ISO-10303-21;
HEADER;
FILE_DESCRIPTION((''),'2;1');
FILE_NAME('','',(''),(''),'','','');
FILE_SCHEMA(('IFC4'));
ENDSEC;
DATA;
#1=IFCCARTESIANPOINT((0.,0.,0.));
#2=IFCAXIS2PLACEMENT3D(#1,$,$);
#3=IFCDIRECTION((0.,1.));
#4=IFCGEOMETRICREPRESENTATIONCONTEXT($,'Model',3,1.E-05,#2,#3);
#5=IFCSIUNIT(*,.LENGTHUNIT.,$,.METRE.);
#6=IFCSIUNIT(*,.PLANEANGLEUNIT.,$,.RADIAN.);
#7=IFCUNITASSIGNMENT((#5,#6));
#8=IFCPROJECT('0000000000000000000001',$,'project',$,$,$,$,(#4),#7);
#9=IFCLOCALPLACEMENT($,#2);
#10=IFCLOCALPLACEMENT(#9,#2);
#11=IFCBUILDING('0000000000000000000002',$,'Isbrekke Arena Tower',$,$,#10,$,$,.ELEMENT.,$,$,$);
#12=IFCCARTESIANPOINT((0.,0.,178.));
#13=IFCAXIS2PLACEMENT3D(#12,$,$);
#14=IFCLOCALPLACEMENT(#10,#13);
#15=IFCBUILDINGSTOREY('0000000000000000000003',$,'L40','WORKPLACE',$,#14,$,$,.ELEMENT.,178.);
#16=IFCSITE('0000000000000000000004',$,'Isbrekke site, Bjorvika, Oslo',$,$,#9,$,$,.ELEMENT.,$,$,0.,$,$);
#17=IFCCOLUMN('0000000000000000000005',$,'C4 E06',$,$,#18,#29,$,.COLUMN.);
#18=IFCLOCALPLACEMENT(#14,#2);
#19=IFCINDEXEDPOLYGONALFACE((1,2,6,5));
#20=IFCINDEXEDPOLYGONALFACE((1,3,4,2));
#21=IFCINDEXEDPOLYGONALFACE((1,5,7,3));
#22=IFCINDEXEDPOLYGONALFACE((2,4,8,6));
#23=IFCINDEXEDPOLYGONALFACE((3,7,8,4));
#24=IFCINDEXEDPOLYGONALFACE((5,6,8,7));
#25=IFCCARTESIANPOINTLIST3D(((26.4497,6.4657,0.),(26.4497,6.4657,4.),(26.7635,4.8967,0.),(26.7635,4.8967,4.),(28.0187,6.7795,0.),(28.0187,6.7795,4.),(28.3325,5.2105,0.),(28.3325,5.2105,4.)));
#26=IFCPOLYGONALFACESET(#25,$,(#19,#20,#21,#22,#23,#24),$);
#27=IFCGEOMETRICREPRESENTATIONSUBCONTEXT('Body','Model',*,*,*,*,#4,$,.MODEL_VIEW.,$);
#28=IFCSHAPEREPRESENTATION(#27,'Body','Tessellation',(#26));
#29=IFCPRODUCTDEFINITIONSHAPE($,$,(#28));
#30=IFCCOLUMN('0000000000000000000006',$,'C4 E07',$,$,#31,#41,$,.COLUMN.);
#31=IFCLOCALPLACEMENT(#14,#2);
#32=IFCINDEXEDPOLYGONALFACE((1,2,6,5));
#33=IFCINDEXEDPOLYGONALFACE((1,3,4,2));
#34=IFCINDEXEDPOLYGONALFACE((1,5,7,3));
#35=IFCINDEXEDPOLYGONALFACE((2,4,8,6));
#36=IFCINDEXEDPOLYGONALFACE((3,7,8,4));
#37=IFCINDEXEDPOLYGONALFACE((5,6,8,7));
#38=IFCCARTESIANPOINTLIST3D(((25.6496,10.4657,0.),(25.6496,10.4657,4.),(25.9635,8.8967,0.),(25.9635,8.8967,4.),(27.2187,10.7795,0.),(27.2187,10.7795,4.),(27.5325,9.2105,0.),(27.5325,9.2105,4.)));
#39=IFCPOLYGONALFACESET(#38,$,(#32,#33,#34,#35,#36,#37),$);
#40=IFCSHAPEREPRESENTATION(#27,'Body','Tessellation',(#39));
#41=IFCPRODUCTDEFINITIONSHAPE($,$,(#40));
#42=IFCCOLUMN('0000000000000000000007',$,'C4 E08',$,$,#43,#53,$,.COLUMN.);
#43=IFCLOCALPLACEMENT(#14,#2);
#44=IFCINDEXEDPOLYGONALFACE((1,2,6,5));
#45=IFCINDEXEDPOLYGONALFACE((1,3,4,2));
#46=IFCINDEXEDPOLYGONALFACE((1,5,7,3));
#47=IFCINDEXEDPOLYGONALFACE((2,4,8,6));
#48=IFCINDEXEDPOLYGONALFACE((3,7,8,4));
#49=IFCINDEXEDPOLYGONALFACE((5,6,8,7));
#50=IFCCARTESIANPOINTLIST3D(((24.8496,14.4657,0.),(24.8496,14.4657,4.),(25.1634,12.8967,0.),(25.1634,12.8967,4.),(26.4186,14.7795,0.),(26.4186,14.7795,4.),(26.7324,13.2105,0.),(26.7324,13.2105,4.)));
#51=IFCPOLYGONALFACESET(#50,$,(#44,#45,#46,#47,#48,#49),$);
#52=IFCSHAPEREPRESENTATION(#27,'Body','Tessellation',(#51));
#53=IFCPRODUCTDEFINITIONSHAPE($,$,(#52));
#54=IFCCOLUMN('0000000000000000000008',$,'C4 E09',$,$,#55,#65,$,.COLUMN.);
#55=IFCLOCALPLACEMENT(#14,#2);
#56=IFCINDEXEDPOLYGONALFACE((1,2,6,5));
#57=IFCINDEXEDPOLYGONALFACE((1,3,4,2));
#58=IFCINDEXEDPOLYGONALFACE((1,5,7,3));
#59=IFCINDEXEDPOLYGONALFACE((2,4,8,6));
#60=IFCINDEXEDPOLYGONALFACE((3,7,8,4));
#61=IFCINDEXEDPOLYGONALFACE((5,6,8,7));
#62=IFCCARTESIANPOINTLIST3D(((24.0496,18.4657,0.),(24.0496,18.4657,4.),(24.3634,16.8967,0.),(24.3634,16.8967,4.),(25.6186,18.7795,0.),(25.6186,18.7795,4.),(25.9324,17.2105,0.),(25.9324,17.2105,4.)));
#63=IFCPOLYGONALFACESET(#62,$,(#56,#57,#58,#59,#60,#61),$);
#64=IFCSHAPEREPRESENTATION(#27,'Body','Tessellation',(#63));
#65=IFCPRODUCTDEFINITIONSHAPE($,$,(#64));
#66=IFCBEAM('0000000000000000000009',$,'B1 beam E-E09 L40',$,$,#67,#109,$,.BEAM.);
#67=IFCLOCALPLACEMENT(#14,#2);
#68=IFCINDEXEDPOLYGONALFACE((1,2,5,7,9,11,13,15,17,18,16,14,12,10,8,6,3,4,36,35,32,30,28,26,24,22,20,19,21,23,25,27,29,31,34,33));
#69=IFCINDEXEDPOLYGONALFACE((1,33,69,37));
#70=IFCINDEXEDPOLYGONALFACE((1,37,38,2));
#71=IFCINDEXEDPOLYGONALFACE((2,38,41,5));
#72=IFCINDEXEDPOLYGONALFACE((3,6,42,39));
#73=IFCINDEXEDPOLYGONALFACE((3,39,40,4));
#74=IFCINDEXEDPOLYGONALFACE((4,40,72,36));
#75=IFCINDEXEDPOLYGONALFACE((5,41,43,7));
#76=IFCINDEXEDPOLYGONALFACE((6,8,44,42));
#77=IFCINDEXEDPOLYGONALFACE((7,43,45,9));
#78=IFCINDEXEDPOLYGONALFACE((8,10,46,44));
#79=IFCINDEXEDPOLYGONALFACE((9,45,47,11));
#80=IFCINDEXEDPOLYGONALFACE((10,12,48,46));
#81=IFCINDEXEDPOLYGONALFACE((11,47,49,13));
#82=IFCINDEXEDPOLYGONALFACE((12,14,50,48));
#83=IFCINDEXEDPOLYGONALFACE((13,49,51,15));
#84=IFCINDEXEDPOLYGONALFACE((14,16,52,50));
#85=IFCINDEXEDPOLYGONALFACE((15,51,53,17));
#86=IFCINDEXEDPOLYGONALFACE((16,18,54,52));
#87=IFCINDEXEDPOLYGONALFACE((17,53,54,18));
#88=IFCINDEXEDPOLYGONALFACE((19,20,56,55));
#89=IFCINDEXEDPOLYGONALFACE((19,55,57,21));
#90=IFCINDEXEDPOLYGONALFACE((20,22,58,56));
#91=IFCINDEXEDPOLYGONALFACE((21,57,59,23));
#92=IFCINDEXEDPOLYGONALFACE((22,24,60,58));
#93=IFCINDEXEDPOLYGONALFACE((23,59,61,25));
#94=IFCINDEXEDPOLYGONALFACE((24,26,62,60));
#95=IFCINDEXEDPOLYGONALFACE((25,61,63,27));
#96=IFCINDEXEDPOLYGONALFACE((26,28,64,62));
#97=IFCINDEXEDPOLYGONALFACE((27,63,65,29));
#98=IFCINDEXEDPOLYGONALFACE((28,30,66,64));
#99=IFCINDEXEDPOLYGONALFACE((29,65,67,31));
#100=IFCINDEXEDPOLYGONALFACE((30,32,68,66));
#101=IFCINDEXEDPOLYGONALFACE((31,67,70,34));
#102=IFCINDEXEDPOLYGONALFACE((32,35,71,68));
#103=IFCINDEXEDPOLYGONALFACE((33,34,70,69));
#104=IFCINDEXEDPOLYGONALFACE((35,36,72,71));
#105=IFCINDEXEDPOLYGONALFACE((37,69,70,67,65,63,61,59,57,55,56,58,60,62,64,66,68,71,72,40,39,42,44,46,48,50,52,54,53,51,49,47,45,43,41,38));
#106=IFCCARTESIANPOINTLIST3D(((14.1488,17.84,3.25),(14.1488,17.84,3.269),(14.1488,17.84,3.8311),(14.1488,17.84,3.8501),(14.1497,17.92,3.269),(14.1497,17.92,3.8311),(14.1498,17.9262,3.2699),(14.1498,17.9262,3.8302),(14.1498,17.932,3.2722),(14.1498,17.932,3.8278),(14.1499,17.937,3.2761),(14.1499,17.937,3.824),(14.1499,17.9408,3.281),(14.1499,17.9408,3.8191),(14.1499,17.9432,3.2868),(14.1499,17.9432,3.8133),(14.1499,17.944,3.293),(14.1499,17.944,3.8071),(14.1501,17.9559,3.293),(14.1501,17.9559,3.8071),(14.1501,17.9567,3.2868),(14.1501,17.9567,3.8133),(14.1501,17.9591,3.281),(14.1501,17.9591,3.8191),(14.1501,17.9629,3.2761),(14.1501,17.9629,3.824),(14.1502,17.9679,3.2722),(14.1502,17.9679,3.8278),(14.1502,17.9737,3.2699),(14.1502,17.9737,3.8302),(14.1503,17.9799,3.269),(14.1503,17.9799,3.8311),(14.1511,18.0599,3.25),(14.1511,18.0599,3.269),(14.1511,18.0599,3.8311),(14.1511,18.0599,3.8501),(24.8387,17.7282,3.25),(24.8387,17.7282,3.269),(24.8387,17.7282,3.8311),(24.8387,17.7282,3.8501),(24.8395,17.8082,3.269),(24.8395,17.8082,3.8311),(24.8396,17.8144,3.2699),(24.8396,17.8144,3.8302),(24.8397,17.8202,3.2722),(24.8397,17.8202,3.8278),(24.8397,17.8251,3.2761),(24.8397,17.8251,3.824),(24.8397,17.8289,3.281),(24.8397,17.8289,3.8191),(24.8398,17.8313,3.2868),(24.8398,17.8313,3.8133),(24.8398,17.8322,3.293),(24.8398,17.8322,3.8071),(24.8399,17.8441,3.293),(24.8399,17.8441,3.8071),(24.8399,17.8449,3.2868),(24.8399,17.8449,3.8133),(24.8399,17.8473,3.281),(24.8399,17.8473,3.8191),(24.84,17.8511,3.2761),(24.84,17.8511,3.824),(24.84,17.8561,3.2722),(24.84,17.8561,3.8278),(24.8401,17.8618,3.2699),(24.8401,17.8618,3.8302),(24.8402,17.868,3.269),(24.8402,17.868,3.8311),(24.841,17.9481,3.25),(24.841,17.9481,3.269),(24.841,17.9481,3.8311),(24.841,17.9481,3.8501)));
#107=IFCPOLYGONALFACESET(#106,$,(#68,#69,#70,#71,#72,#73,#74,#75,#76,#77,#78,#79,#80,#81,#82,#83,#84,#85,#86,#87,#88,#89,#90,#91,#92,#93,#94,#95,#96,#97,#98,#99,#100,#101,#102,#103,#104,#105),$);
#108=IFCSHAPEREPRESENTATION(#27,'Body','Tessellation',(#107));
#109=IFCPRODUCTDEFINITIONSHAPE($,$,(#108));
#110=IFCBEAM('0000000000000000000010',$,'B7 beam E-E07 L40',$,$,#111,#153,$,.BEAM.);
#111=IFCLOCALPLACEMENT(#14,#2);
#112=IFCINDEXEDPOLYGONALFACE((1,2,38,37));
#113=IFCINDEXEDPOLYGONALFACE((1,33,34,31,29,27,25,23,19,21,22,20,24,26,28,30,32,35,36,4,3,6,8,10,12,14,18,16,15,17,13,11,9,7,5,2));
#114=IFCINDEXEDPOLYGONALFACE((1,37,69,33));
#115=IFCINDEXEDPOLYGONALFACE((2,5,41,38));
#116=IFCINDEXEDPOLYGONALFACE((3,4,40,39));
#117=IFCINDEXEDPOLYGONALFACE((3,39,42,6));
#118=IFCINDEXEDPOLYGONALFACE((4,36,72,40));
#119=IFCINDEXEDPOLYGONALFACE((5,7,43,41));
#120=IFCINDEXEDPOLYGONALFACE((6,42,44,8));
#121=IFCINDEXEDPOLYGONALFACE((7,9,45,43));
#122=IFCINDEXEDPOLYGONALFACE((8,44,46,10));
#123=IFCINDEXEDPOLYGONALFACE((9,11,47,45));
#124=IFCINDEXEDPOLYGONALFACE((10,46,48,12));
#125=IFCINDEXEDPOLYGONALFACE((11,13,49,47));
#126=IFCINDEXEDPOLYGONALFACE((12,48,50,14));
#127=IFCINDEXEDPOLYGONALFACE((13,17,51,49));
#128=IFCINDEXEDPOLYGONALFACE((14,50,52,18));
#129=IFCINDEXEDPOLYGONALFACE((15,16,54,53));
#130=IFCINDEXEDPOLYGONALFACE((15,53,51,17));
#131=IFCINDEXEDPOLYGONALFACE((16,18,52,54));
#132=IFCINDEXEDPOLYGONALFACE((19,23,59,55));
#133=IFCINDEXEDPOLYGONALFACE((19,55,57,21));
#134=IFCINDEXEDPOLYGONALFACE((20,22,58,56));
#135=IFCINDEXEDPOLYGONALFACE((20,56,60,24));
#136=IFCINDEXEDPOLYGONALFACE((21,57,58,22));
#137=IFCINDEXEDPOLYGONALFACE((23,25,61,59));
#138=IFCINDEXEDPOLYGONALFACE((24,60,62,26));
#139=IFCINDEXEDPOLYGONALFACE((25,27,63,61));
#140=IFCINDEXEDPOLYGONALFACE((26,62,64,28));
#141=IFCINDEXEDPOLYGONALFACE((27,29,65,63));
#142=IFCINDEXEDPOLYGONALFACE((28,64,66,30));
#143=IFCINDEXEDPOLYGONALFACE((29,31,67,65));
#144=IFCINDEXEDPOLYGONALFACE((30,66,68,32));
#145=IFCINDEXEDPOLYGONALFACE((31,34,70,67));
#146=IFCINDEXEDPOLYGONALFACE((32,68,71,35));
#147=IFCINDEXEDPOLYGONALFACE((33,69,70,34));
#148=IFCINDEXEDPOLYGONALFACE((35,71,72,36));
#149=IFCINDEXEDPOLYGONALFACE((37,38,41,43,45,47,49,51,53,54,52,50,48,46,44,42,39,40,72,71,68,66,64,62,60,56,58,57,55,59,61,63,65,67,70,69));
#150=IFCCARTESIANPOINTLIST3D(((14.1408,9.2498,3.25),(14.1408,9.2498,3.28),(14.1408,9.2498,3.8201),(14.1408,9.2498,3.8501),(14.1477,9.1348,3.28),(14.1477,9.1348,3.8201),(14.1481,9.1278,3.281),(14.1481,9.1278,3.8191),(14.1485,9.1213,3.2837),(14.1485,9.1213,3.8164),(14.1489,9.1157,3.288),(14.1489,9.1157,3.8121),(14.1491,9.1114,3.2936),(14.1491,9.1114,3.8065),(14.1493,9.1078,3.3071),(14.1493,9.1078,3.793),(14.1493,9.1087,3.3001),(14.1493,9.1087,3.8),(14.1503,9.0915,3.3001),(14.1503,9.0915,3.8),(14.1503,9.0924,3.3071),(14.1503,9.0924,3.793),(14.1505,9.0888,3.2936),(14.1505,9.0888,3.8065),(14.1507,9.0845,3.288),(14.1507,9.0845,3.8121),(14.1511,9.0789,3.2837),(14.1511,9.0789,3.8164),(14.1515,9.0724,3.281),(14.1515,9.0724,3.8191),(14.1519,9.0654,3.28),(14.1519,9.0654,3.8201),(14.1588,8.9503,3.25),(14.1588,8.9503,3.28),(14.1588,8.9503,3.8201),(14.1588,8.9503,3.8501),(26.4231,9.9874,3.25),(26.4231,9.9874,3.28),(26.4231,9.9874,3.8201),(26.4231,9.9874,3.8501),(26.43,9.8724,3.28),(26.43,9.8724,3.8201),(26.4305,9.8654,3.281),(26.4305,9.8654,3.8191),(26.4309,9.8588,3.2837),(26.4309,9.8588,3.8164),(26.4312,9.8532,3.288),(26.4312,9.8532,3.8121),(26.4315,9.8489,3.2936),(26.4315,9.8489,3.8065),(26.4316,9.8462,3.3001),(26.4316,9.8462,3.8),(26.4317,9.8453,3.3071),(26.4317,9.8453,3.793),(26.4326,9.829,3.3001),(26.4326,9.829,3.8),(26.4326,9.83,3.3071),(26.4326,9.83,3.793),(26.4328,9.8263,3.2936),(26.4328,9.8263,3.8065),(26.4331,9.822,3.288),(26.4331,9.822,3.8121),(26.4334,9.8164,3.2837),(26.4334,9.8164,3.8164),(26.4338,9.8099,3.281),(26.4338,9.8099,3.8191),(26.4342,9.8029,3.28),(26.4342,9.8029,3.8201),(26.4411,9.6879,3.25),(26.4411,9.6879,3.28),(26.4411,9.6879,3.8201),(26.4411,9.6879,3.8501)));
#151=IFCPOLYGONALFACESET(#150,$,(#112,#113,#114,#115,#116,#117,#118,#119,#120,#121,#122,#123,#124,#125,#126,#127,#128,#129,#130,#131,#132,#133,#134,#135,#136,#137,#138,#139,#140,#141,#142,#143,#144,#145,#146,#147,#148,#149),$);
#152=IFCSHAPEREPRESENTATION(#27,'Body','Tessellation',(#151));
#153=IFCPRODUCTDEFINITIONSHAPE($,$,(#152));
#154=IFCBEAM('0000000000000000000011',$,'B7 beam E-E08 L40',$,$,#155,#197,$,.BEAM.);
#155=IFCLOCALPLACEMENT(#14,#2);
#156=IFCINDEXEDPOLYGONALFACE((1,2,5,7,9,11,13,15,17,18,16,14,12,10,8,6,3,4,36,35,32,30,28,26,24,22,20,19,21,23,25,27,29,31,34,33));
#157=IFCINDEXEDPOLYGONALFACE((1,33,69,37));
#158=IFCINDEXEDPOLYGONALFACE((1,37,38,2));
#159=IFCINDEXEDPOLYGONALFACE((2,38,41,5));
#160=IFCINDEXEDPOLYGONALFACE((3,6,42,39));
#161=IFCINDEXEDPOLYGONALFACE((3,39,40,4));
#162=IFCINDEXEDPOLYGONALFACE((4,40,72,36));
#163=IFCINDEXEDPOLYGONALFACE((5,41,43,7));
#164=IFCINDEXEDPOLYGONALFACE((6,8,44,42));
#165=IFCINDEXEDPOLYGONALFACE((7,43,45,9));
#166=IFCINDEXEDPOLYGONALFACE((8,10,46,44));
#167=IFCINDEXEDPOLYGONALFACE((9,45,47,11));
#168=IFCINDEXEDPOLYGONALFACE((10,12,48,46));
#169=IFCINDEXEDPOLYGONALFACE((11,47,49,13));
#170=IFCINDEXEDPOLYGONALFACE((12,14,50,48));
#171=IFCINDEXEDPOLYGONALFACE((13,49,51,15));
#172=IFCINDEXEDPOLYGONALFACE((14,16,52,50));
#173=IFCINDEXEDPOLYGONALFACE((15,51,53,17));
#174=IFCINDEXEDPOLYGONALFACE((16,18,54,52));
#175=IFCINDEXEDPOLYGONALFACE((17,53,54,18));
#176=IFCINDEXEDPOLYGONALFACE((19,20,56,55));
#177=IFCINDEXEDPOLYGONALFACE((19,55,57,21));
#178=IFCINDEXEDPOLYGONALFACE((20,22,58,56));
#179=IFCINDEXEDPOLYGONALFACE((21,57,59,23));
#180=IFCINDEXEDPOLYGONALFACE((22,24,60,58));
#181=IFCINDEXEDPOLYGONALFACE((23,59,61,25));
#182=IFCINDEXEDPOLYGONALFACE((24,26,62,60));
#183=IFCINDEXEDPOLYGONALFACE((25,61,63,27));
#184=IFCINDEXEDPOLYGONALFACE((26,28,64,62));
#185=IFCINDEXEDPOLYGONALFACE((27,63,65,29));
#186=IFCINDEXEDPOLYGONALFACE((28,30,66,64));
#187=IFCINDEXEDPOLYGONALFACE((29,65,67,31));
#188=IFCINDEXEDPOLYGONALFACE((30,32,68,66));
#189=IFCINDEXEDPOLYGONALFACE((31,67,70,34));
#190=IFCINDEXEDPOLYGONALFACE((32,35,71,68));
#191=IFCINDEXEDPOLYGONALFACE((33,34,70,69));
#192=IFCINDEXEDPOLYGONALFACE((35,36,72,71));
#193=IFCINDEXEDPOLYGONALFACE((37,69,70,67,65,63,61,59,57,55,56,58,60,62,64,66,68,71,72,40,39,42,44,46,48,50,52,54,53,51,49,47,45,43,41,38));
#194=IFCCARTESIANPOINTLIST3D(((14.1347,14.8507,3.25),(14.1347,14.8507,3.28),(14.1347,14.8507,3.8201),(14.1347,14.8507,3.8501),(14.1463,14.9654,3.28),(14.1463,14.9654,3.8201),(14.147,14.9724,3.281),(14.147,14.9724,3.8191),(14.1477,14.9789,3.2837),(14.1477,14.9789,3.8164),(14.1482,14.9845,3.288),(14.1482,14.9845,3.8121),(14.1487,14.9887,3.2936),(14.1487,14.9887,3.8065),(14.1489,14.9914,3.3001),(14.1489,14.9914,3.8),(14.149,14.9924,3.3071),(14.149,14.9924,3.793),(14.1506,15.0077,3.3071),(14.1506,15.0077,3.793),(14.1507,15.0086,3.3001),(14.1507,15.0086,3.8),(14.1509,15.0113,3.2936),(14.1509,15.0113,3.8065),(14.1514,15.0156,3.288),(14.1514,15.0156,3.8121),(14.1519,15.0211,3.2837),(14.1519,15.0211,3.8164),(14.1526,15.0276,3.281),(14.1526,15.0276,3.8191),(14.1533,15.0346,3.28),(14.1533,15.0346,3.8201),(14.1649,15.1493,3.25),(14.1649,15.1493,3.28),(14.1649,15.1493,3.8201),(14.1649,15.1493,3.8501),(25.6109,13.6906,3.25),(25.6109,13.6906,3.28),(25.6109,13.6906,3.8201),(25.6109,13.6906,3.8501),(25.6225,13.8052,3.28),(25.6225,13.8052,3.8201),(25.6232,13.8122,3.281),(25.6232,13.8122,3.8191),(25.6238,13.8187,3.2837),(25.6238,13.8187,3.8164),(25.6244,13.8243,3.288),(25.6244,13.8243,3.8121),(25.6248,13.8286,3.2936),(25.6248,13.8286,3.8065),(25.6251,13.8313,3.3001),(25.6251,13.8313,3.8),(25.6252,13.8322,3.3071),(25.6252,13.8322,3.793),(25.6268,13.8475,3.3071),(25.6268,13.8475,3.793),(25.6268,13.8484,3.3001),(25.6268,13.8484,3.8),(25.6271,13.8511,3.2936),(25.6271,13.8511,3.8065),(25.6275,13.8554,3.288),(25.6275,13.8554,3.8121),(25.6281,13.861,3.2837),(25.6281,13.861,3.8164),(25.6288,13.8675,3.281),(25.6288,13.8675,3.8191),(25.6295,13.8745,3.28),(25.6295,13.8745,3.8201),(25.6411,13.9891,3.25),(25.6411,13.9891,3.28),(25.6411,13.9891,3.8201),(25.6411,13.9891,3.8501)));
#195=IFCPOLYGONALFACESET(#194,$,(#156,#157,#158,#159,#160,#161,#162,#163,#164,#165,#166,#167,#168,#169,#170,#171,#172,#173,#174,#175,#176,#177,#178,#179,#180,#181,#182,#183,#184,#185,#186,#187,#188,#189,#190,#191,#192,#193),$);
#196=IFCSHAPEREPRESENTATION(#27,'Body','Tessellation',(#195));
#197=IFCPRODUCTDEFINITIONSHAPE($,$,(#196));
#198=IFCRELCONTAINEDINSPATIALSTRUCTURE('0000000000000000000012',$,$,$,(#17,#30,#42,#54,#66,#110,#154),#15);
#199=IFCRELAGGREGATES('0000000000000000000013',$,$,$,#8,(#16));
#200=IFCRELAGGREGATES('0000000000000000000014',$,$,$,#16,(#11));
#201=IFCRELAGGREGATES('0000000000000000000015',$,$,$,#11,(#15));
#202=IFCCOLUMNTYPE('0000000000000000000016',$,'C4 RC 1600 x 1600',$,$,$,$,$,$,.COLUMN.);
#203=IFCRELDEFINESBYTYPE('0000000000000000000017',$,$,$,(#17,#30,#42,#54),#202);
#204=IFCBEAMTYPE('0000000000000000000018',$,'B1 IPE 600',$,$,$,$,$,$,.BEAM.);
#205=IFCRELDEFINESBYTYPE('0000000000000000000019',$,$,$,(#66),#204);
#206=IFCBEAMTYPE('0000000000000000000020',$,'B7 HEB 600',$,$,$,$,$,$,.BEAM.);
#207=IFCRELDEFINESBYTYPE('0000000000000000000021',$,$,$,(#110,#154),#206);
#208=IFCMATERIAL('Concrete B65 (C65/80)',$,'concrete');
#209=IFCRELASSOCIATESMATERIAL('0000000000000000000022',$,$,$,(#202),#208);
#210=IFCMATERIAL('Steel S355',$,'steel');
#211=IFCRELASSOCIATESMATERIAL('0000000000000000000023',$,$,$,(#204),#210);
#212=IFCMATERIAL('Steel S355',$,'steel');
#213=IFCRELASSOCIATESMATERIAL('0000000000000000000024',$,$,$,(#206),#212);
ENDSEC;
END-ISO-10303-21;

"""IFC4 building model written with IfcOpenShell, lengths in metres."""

from ifc_helpers import new_model, si_unit, direction, frame, origin, origin_2d, place, context, subcontext, project, spatial, rectangle, i_section, extrude, material, material_profile, profile_set, type_object, element, save


model = new_model("IFC4")

# Units and contexts
model_context = context("Model", 3, precision=1e-05, world=origin(), true_north=direction((0.0, 1.0)))
body_context = subcontext(model_context, "Body", "Model", "MODEL_VIEW")
ifc_project = project(units=[si_unit("LENGTHUNIT", "METRE"), si_unit("PLANEANGLEUNIT", "RADIAN")], contexts=[model_context])

# Site, building, storey
site_placement = place(None, origin())
site = spatial("IfcSite", under=ifc_project, at=site_placement, Name="Isbrekke site, Bjorvika, Oslo", CompositionType="ELEMENT", RefElevation=0.0)
building_placement = place(site_placement, origin())
building = spatial("IfcBuilding", under=site, at=building_placement, Name="Isbrekke Arena Tower", CompositionType="ELEMENT")
storey_placement = place(building_placement, frame((0.0, 0.0, 178.0)))
storey = spatial("IfcBuildingStorey", under=building, at=storey_placement, Name="L40", Description="WORKPLACE", CompositionType="ELEMENT", Elevation=178.0)

# Columns
ifc_material_1 = material(Name="Concrete B65 (C65/80)", Category="concrete")
ifc_material_profile_1 = material_profile(ifc_material_1, rectangle(XDim=1.6001, YDim=1.6001, at=origin_2d()), Name="RC 1600x1600")
ifc_profile_set_1 = profile_set([ifc_material_profile_1], Name="Concrete B65 (C65/80)")
column_type = type_object("IfcColumnType", Name="C4 RC 1600 x 1600", PredefinedType="COLUMN", material=ifc_profile_set_1)
for number, where, z_axis, x_axis, name in (
    (1, (27.3911, 5.8381, 0.0), (0.0, 0.0, 1.0), (-0.196116, 0.980581, 0.0), "C4 E06"),
    (2, (26.5911, 9.8381, 0.0), (0.0, 0.0, 1.0), (-0.196116, 0.980581, 0.0), "C4 E07"),
    (3, (25.791, 13.8381, 0.0), (0.0, 0.0, 1.0), (-0.196116, 0.980581, 0.0), "C4 E08"),
    (4, (24.991, 17.8381, 0.0), (0.0, 0.0, 1.0), (-0.196116, 0.980581, 0.0), "C4 E09"),
):
    element("IfcColumn", number, at=place(storey_placement, frame(where, z_axis=z_axis, x_axis=x_axis)), inside=storey, type_object=column_type, Name=name, PredefinedType="COLUMN", context=body_context, shape_type="SweptSolid", body=[
        extrude(rectangle(XDim=1.6001, YDim=1.6001, at=origin_2d()), origin(), (0.0, 0.0, 1.0), 4.0),
    ])

# Beams
ifc_material_2 = material(Name="Steel S355", Category="steel")
ifc_material_profile_2 = material_profile(ifc_material_2, i_section(OverallWidth=0.22, OverallDepth=0.6001, WebThickness=0.012, FlangeThickness=0.019, FilletRadius=0.0239, at=origin_2d()), Name="IPE 600")
ifc_profile_set_2 = profile_set([ifc_material_profile_2], Name="Steel S355")
beam_type_1 = type_object("IfcBeamType", Name="B1 IPE 600", PredefinedType="BEAM", material=ifc_profile_set_2)
beam_1_placement = place(storey_placement, frame((24.8398, 17.8381, 3.55), z_axis=(-0.999945, 0.010459, 0.0), x_axis=(-0.010459, -0.999945, 0.0)))
element("IfcBeam", 5, at=beam_1_placement, inside=storey, type_object=beam_type_1, Name="B1 beam E-E09 L40", PredefinedType="BEAM", context=body_context, shape_type="SweptSolid", body=[
    extrude(i_section(OverallWidth=0.22, OverallDepth=0.6001, WebThickness=0.012, FlangeThickness=0.019, FilletRadius=0.0239, at=origin_2d()), origin(), (0.0, 0.0, 1.0), 10.6904),
])
ifc_material_3 = material(Name="Steel S355", Category="steel")
ifc_material_profile_3 = material_profile(ifc_material_3, i_section(OverallWidth=0.3, OverallDepth=0.6001, WebThickness=0.0154, FlangeThickness=0.03, FilletRadius=0.0271, at=origin_2d()), Name="HEB 600")
ifc_profile_set_3 = profile_set([ifc_material_profile_3], Name="Steel S355")
beam_type_2 = type_object("IfcBeamType", Name="B7 HEB 600", PredefinedType="BEAM", material=ifc_profile_set_3)
beam_2_placement = place(storey_placement, frame((26.4321, 9.8376, 3.55), z_axis=(-0.998202, -0.059942, 0.0), x_axis=(0.059942, -0.998202, 0.0)))
element("IfcBeam", 6, at=beam_2_placement, inside=storey, type_object=beam_type_2, Name="B7 beam E-E07 L40", PredefinedType="BEAM", context=body_context, shape_type="SweptSolid", body=[
    extrude(i_section(OverallWidth=0.3, OverallDepth=0.6001, WebThickness=0.0154, FlangeThickness=0.03, FilletRadius=0.0271, at=origin_2d()), origin(), (0.0, 0.0, 1.0), 12.3044),
])
beam_3_placement = place(storey_placement, frame((25.626, 13.8398, 3.55), z_axis=(-0.994929, 0.100581, 0.0), x_axis=(-0.100581, -0.994929, 0.0)))
element("IfcBeam", 7, at=beam_3_placement, inside=storey, type_object=beam_type_2, Name="B7 beam E-E08 L40", PredefinedType="BEAM", context=body_context, shape_type="SweptSolid", body=[
    extrude(i_section(OverallWidth=0.3, OverallDepth=0.6001, WebThickness=0.0154, FlangeThickness=0.03, FilletRadius=0.0271, at=origin_2d()), origin(), (0.0, 0.0, 1.0), 11.5347),
])

save(model, "model.ifc")
